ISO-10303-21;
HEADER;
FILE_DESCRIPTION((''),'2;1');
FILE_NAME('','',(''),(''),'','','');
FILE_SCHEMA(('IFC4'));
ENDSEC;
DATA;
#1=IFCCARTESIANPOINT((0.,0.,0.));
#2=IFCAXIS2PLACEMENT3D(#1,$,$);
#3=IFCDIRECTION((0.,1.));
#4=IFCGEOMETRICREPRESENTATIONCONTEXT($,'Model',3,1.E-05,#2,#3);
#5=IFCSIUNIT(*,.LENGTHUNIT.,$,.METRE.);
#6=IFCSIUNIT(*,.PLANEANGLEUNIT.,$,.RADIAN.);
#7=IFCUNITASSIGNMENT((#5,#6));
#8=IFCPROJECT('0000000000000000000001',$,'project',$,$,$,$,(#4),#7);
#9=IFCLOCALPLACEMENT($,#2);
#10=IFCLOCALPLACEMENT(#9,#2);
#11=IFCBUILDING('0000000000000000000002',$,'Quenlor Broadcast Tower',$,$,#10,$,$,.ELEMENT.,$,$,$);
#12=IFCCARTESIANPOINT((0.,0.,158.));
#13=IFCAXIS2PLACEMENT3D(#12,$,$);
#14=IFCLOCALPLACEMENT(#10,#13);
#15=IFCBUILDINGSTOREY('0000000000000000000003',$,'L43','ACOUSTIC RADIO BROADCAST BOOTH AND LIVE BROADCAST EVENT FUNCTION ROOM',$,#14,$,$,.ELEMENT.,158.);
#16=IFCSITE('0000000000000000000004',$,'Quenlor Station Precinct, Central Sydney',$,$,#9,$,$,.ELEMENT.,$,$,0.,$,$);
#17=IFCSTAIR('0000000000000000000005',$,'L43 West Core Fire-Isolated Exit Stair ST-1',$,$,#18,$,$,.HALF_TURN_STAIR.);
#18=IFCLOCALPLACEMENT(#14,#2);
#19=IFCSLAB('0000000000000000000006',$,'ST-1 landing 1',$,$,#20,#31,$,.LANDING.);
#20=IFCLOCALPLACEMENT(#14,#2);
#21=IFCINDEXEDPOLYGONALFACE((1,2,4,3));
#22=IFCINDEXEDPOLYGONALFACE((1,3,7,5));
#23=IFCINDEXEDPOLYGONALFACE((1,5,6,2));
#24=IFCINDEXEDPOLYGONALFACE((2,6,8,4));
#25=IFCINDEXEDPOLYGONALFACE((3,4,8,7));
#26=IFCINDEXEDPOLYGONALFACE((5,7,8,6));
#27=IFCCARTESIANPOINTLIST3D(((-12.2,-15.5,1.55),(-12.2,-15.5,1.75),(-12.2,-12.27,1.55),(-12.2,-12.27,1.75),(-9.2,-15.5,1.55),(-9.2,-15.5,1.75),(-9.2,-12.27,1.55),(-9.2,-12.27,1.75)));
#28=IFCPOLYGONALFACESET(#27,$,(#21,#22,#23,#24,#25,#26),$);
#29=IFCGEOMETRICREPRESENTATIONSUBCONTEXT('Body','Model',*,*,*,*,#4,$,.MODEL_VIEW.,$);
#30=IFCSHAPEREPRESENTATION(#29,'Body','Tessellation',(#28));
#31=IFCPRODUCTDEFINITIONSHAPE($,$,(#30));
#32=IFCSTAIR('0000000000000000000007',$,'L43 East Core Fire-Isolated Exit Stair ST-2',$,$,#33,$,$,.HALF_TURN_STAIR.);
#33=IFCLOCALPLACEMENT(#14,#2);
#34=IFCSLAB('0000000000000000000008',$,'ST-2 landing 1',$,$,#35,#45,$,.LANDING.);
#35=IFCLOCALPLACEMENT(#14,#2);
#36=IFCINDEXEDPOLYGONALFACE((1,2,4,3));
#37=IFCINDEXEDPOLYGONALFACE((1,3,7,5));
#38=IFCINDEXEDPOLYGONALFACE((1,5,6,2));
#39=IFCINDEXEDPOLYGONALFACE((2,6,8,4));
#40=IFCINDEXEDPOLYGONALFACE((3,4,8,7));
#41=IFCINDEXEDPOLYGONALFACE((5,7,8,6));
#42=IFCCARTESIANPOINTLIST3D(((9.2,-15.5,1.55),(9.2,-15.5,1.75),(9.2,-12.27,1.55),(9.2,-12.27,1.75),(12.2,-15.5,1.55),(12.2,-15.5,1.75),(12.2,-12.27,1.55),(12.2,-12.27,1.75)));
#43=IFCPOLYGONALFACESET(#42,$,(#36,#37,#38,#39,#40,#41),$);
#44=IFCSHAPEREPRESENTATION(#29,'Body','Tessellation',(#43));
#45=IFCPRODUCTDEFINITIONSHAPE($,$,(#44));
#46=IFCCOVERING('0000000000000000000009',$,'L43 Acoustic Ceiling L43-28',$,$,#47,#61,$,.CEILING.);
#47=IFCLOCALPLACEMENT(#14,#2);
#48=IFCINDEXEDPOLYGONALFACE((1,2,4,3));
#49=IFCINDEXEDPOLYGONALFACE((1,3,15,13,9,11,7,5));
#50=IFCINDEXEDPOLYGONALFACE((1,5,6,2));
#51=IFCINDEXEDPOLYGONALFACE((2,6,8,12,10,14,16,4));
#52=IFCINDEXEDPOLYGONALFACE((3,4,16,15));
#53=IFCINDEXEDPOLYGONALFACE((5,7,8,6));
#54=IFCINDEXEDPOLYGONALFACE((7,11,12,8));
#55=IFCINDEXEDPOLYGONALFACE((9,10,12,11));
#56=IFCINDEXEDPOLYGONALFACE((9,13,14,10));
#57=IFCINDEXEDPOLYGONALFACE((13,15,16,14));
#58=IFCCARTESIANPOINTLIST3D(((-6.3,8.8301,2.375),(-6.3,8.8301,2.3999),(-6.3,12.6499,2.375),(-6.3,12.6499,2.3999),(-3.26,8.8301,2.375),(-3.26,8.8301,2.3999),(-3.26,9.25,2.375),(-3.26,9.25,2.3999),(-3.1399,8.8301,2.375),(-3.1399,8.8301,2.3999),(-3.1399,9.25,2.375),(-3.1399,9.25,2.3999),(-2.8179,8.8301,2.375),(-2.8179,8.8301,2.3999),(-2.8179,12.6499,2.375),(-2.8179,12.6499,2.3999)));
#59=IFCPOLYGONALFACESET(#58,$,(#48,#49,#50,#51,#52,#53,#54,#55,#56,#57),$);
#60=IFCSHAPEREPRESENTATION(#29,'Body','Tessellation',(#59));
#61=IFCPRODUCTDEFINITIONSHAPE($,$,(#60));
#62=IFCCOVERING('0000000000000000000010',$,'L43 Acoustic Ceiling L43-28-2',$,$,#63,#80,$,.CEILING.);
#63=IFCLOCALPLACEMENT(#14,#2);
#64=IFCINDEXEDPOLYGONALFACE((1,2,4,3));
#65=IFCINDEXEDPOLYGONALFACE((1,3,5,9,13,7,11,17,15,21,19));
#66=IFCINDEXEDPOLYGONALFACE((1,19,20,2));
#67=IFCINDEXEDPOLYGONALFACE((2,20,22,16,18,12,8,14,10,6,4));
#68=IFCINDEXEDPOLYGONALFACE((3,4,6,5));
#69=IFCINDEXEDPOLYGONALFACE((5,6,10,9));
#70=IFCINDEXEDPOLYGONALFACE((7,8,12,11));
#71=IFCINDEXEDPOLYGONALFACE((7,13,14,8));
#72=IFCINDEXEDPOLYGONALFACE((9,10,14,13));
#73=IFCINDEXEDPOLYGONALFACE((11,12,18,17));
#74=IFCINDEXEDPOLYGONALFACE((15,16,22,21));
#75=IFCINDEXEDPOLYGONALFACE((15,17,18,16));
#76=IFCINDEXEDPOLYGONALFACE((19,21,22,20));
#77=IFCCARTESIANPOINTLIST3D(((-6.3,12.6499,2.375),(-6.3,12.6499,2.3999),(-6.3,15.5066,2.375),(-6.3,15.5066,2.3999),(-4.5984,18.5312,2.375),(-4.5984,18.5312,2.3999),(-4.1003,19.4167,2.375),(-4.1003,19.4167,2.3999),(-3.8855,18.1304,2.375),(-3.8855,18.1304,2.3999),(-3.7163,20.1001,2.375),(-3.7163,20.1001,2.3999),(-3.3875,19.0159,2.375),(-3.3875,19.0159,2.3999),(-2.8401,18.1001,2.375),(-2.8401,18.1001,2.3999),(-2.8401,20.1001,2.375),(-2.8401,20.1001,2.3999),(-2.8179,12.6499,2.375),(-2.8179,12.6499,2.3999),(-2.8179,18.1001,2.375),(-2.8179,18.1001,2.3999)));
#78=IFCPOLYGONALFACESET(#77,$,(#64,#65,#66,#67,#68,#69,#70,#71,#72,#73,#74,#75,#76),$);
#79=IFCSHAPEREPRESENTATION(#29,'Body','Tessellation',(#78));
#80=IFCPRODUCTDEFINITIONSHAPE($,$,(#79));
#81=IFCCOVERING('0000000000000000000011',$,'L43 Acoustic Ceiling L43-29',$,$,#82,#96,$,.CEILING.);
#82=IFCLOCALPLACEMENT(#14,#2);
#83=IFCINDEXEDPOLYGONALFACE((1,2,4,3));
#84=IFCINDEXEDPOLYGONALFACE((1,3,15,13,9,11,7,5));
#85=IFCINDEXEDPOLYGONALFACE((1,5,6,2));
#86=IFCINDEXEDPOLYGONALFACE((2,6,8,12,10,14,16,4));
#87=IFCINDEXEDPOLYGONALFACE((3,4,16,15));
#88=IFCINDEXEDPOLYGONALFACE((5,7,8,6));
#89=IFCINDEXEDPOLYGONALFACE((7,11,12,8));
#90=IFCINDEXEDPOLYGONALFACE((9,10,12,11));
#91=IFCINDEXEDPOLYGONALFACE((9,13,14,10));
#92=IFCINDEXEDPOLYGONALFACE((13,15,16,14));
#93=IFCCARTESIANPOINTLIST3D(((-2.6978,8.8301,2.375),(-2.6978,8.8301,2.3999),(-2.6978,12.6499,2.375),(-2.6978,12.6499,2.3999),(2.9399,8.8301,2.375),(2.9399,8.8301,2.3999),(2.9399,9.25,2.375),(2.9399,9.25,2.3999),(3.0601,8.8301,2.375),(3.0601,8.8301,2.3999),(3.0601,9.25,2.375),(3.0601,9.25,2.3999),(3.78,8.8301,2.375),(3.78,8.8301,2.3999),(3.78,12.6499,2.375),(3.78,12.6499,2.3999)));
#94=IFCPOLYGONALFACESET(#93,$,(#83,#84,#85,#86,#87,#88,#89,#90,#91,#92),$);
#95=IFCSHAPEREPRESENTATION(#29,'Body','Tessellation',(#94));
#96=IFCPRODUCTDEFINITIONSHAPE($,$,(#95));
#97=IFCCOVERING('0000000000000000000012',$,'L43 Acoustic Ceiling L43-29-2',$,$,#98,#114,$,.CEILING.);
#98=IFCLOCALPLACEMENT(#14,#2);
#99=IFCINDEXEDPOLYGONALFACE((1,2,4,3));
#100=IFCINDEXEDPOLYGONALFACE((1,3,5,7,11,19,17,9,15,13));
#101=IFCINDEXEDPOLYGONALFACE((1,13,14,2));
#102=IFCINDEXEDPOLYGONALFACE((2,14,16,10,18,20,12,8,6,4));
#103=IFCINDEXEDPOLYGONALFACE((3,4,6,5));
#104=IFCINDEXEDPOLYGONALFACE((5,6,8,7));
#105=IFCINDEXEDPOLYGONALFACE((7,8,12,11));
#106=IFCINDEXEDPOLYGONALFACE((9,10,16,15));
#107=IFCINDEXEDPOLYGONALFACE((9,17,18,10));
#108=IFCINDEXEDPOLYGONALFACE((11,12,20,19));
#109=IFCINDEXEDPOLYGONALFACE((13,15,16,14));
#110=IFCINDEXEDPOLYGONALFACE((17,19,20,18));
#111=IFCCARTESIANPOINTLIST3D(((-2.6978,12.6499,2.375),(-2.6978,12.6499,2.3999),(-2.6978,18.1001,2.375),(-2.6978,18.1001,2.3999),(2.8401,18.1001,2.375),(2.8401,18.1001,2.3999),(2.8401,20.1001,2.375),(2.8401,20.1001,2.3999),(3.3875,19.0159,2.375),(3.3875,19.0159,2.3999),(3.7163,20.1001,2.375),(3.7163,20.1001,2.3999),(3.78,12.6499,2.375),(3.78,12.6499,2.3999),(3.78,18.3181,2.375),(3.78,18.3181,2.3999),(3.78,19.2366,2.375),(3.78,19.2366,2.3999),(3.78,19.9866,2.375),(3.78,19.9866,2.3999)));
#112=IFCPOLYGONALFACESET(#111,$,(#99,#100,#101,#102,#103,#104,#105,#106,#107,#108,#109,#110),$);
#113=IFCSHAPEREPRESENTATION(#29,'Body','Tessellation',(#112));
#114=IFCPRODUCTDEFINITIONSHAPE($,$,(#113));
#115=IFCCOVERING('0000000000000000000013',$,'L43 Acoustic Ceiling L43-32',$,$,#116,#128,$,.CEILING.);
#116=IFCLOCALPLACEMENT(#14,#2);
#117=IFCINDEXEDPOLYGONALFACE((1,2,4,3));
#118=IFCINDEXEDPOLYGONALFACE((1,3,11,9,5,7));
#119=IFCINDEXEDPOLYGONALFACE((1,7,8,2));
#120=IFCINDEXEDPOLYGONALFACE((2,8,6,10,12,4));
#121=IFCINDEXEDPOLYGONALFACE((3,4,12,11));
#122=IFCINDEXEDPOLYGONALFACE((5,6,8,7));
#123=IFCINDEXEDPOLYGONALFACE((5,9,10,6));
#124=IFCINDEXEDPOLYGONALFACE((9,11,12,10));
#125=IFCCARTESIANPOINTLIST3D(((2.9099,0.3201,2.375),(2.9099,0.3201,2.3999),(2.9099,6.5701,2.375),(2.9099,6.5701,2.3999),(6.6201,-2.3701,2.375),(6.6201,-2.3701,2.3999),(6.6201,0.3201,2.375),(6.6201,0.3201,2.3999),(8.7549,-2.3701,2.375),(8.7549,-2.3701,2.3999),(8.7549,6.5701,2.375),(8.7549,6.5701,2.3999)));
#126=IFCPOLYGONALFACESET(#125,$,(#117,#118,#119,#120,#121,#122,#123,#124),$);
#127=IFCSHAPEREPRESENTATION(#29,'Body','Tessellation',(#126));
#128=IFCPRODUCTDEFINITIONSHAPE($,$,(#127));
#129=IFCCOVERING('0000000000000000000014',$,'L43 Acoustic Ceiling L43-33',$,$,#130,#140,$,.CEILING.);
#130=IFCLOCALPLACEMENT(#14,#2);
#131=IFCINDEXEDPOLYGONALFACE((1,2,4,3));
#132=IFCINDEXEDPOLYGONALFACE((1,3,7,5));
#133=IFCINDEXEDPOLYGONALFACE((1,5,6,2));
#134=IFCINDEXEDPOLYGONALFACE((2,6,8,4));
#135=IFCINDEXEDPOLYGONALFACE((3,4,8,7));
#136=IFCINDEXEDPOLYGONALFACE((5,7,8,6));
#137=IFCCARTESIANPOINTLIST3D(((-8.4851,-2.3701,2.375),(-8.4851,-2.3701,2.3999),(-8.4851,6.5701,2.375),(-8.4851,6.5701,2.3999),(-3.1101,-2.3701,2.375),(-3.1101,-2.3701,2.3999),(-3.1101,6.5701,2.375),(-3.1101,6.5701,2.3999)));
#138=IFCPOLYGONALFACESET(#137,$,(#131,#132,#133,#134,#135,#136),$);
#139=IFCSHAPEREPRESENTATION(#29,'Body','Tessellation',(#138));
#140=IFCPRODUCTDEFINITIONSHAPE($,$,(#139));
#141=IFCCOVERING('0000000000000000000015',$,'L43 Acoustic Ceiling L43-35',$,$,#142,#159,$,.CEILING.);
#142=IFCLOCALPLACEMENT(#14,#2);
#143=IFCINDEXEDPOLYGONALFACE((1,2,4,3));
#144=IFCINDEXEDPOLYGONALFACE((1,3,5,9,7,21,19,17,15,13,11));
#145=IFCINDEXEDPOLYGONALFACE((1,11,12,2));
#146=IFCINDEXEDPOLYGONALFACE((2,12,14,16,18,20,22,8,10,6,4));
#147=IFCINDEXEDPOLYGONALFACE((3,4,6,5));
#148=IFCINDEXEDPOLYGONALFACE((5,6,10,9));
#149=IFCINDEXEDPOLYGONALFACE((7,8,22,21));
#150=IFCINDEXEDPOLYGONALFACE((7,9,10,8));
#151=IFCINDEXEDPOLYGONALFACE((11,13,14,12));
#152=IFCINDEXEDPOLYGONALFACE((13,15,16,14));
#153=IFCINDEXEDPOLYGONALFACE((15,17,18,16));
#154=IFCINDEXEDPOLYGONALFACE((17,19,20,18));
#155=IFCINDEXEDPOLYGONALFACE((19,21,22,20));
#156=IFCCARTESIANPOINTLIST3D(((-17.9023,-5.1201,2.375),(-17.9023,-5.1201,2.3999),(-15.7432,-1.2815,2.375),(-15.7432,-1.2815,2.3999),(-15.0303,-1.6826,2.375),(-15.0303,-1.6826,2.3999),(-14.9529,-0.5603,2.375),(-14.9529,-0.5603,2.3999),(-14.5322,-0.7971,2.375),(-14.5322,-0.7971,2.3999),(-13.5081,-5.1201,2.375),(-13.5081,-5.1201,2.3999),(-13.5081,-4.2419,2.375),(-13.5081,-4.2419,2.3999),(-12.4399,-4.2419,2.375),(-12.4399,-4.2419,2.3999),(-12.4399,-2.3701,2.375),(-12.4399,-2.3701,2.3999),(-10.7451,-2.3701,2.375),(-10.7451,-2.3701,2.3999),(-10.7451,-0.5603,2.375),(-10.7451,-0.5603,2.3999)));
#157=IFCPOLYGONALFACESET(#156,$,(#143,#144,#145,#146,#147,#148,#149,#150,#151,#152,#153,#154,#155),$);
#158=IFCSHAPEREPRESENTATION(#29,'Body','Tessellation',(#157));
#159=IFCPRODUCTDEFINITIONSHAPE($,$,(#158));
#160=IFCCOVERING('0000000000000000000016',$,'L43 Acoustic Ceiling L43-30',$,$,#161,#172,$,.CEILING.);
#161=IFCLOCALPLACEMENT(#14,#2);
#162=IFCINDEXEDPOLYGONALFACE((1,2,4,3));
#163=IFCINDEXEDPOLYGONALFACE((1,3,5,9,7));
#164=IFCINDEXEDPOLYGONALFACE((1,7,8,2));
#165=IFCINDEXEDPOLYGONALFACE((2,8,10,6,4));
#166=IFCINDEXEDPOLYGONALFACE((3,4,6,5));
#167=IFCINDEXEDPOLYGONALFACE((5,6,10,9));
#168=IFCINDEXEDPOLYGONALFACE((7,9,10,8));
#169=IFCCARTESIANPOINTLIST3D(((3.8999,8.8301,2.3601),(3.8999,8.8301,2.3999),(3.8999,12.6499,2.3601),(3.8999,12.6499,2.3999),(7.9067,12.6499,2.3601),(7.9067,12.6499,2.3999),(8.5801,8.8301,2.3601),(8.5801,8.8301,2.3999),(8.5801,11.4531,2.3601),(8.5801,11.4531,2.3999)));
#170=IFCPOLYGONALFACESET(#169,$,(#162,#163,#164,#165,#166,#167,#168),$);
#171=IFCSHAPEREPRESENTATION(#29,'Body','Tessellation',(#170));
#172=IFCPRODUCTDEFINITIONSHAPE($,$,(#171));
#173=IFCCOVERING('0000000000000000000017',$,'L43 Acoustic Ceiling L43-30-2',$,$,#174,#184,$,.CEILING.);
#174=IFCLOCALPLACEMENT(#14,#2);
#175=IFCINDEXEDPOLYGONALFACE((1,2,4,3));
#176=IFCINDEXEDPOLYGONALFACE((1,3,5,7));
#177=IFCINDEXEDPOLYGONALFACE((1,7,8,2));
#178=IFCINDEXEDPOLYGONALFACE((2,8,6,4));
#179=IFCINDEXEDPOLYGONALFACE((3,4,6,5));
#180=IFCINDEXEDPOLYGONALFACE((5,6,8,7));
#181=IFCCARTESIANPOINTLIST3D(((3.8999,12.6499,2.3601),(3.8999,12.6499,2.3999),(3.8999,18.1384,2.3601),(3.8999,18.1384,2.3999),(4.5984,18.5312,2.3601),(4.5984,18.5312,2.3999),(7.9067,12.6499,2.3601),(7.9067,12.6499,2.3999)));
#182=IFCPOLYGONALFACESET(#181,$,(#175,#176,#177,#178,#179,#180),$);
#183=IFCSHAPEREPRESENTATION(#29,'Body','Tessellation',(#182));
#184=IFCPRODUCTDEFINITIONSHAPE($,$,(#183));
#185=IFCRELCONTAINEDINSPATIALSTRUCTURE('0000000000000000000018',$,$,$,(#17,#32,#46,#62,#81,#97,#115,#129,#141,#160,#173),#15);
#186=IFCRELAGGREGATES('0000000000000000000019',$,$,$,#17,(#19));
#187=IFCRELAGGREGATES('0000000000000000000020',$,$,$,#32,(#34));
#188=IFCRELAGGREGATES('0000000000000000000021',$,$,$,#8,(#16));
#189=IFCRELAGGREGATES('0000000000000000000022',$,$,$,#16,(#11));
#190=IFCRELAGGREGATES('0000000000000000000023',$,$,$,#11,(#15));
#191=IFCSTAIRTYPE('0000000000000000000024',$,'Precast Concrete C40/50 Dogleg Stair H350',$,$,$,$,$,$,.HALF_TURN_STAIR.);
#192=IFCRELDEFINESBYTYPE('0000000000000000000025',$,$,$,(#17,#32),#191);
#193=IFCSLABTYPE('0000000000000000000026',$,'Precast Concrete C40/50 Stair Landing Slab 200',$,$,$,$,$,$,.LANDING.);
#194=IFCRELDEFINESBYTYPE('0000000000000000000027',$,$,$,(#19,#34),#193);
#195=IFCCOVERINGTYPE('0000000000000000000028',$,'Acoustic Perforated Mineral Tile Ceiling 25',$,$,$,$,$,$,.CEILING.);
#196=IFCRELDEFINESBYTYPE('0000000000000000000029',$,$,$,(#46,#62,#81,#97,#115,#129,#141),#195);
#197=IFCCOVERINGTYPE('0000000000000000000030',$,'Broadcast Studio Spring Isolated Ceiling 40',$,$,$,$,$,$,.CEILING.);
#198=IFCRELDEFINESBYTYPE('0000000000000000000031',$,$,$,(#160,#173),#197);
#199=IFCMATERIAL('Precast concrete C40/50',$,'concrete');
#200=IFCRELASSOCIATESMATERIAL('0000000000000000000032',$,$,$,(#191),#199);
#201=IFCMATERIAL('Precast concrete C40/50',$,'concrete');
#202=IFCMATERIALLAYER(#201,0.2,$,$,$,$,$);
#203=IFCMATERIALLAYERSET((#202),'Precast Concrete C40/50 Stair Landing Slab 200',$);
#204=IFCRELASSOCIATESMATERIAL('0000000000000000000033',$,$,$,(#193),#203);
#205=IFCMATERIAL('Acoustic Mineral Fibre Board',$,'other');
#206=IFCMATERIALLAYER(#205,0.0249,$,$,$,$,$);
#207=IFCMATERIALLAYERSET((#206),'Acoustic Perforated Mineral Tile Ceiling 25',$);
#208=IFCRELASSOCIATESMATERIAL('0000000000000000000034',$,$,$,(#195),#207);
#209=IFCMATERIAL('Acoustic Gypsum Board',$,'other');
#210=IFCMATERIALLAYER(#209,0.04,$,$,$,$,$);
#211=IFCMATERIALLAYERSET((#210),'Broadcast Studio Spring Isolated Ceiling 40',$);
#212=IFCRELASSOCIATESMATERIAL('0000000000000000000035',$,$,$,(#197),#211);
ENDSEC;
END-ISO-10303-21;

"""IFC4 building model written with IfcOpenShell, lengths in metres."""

from ifc_helpers import new_model, si_unit, direction, frame, origin, place, context, subcontext, project, spatial, polyline, outline, extrude, material, layer, layer_set, type_object, element, aggregate, save


model = new_model("IFC4")

# Units and contexts
model_context = context("Model", 3, precision=1e-05, world=origin(), true_north=direction((0.0, 1.0)))
body_context = subcontext(model_context, "Body", "Model", "MODEL_VIEW")
ifc_project = project(units=[si_unit("LENGTHUNIT", "METRE"), si_unit("PLANEANGLEUNIT", "RADIAN")], contexts=[model_context])

# Site, building, storey
site_placement = place(None, origin())
site = spatial("IfcSite", under=ifc_project, at=site_placement, Name="Quenlor Station Precinct, Central Sydney", CompositionType="ELEMENT", RefElevation=0.0)
building_placement = place(site_placement, origin())
building = spatial("IfcBuilding", under=site, at=building_placement, Name="Quenlor Broadcast Tower", CompositionType="ELEMENT")
storey_placement = place(building_placement, frame((0.0, 0.0, 158.0)))
storey = spatial("IfcBuildingStorey", under=building, at=storey_placement, Name="L43", Description="ACOUSTIC RADIO BROADCAST BOOTH AND LIVE BROADCAST EVENT FUNCTION ROOM", CompositionType="ELEMENT", Elevation=158.0)

# Stairs, slabs
ifc_material_1 = material(Name="Precast concrete C40/50", Category="concrete")
stair_type = type_object("IfcStairType", Name="Precast Concrete C40/50 Dogleg Stair H350", PredefinedType="HALF_TURN_STAIR", material=ifc_material_1)
stair_1_placement = place(storey_placement, origin())
stair_1 = element("IfcStair", 1, at=stair_1_placement, inside=storey, type_object=stair_type, Name="L43 West Core Fire-Isolated Exit Stair ST-1", PredefinedType="HALF_TURN_STAIR")
ifc_material_2 = material(Name="Precast concrete C40/50", Category="concrete")
ifc_layer_1 = layer(ifc_material_2, 0.2)
ifc_layer_set_1 = layer_set([ifc_layer_1], Name="Precast Concrete C40/50 Stair Landing Slab 200")
slab_type = type_object("IfcSlabType", Name="Precast Concrete C40/50 Stair Landing Slab 200", PredefinedType="LANDING", material=ifc_layer_set_1)
slab_1_placement = place(storey_placement, frame((0.0, 0.0, 1.55)))
slab_1 = element("IfcSlab", 2, at=slab_1_placement, type_object=slab_type, Name="ST-1 landing 1", PredefinedType="LANDING", context=body_context, shape_type="SweptSolid", body=[
    extrude(outline(polyline([(-12.2, -12.27), (-12.2, -15.5), (-9.2, -15.5), (-9.2, -12.27), (-12.2, -12.27)])), origin(), (0.0, 0.0, 1.0), 0.2),
])
aggregate(stair_1, [slab_1])
stair_2_placement = place(storey_placement, origin())
stair_2 = element("IfcStair", 3, at=stair_2_placement, inside=storey, type_object=stair_type, Name="L43 East Core Fire-Isolated Exit Stair ST-2", PredefinedType="HALF_TURN_STAIR")
slab_2_placement = place(storey_placement, frame((0.0, 0.0, 1.55)))
slab_2 = element("IfcSlab", 4, at=slab_2_placement, type_object=slab_type, Name="ST-2 landing 1", PredefinedType="LANDING", context=body_context, shape_type="SweptSolid", body=[
    extrude(outline(polyline([(9.2, -12.27), (9.2, -15.5), (12.2, -15.5), (12.2, -12.27), (9.2, -12.27)])), origin(), (0.0, 0.0, 1.0), 0.2),
])
aggregate(stair_2, [slab_2])

# Coverings
ifc_material_3 = material(Name="Acoustic Mineral Fibre Board", Category="other")
ifc_layer_2 = layer(ifc_material_3, 0.0249)
ifc_layer_set_2 = layer_set([ifc_layer_2], Name="Acoustic Perforated Mineral Tile Ceiling 25")
covering_type_1 = type_object("IfcCoveringType", Name="Acoustic Perforated Mineral Tile Ceiling 25", PredefinedType="CEILING", material=ifc_layer_set_2)
covering_1_placement = place(storey_placement, frame((0.0, 0.0, 2.375)))
element("IfcCovering", 5, at=covering_1_placement, inside=storey, type_object=covering_type_1, Name="L43 Acoustic Ceiling L43-28", PredefinedType="CEILING", context=body_context, shape_type="SweptSolid", body=[
    extrude(outline(polyline([(-3.1399, 9.25), (-3.26, 9.25), (-3.26, 8.8301), (-6.3, 8.8301), (-6.3, 12.6499), (-2.8179, 12.6499), (-2.8179, 8.8301), (-3.1399, 8.8301), (-3.1399, 9.25)])), origin(), (0.0, 0.0, 1.0), 0.0249),
])
covering_2_placement = place(storey_placement, frame((0.0, 0.0, 2.375)))
element("IfcCovering", 6, at=covering_2_placement, inside=storey, type_object=covering_type_1, Name="L43 Acoustic Ceiling L43-28-2", PredefinedType="CEILING", context=body_context, shape_type="SweptSolid", body=[
    extrude(outline(polyline([(-6.3, 15.5066), (-4.5984, 18.5312), (-3.8855, 18.1304), (-3.3875, 19.0159), (-4.1003, 19.4167), (-3.7163, 20.1001), (-2.8401, 20.1001), (-2.8401, 18.1001), (-2.8179, 18.1001), (-2.8179, 12.6499), (-6.3, 12.6499), (-6.3, 15.5066)])), origin(), (0.0, 0.0, 1.0), 0.0249),
])
covering_3_placement = place(storey_placement, frame((0.0, 0.0, 2.375)))
element("IfcCovering", 7, at=covering_3_placement, inside=storey, type_object=covering_type_1, Name="L43 Acoustic Ceiling L43-29", PredefinedType="CEILING", context=body_context, shape_type="SweptSolid", body=[
    extrude(outline(polyline([(3.78, 8.8301), (3.0601, 8.8301), (3.0601, 9.25), (2.9399, 9.25), (2.9399, 8.8301), (-2.6978, 8.8301), (-2.6978, 12.6499), (3.78, 12.6499), (3.78, 8.8301)])), origin(), (0.0, 0.0, 1.0), 0.0249),
])
covering_4_placement = place(storey_placement, frame((0.0, 0.0, 2.375)))
element("IfcCovering", 8, at=covering_4_placement, inside=storey, type_object=covering_type_1, Name="L43 Acoustic Ceiling L43-29-2", PredefinedType="CEILING", context=body_context, shape_type="SweptSolid", body=[
    extrude(outline(polyline([(3.78, 19.9866), (3.78, 19.2366), (3.3875, 19.0159), (3.78, 18.3181), (3.78, 12.6499), (-2.6978, 12.6499), (-2.6978, 18.1001), (2.8401, 18.1001), (2.8401, 20.1001), (3.7163, 20.1001), (3.78, 19.9866)])), origin(), (0.0, 0.0, 1.0), 0.0249),
])
covering_5_placement = place(storey_placement, frame((0.0, 0.0, 2.375)))
element("IfcCovering", 9, at=covering_5_placement, inside=storey, type_object=covering_type_1, Name="L43 Acoustic Ceiling L43-32", PredefinedType="CEILING", context=body_context, shape_type="SweptSolid", body=[
    extrude(outline(polyline([(6.6201, -2.3701), (6.6201, 0.3201), (2.9099, 0.3201), (2.9099, 6.5701), (8.7549, 6.5701), (8.7549, -2.3701), (6.6201, -2.3701)])), origin(), (0.0, 0.0, 1.0), 0.0249),
])
covering_6_placement = place(storey_placement, frame((0.0, 0.0, 2.375)))
element("IfcCovering", 10, at=covering_6_placement, inside=storey, type_object=covering_type_1, Name="L43 Acoustic Ceiling L43-33", PredefinedType="CEILING", context=body_context, shape_type="SweptSolid", body=[
    extrude(outline(polyline([(-3.1101, 6.5701), (-3.1101, -2.3701), (-8.4851, -2.3701), (-8.4851, 6.5701), (-3.1101, 6.5701)])), origin(), (0.0, 0.0, 1.0), 0.0249),
])
covering_7_placement = place(storey_placement, frame((0.0, 0.0, 2.375)))
element("IfcCovering", 11, at=covering_7_placement, inside=storey, type_object=covering_type_1, Name="L43 Acoustic Ceiling L43-35", PredefinedType="CEILING", context=body_context, shape_type="SweptSolid", body=[
    extrude(outline(polyline([(-15.7432, -1.2815), (-15.0303, -1.6826), (-14.5322, -0.7971), (-14.9529, -0.5603), (-10.7451, -0.5603), (-10.7451, -2.3701), (-12.4399, -2.3701), (-12.4399, -4.2419), (-13.5081, -4.2419), (-13.5081, -5.1201), (-17.9023, -5.1201), (-15.7432, -1.2815)])), origin(), (0.0, 0.0, 1.0), 0.0249),
])
ifc_material_4 = material(Name="Acoustic Gypsum Board", Category="other")
ifc_layer_3 = layer(ifc_material_4, 0.04)
ifc_layer_set_3 = layer_set([ifc_layer_3], Name="Broadcast Studio Spring Isolated Ceiling 40")
covering_type_2 = type_object("IfcCoveringType", Name="Broadcast Studio Spring Isolated Ceiling 40", PredefinedType="CEILING", material=ifc_layer_set_3)
covering_8_placement = place(storey_placement, frame((0.0, 0.0, 2.3601)))
element("IfcCovering", 12, at=covering_8_placement, inside=storey, type_object=covering_type_2, Name="L43 Acoustic Ceiling L43-30", PredefinedType="CEILING", context=body_context, shape_type="SweptSolid", body=[
    extrude(outline(polyline([(3.8999, 12.6499), (7.9067, 12.6499), (8.5801, 11.4531), (8.5801, 8.8301), (3.8999, 8.8301), (3.8999, 12.6499)])), origin(), (0.0, 0.0, 1.0), 0.0398),
])
covering_9_placement = place(storey_placement, frame((0.0, 0.0, 2.3601)))
element("IfcCovering", 13, at=covering_9_placement, inside=storey, type_object=covering_type_2, Name="L43 Acoustic Ceiling L43-30-2", PredefinedType="CEILING", context=body_context, shape_type="SweptSolid", body=[
    extrude(outline(polyline([(3.8999, 18.1384), (4.5984, 18.5312), (7.9067, 12.6499), (3.8999, 12.6499), (3.8999, 18.1384)])), origin(), (0.0, 0.0, 1.0), 0.0398),
])

save(model, "model.ifc")
